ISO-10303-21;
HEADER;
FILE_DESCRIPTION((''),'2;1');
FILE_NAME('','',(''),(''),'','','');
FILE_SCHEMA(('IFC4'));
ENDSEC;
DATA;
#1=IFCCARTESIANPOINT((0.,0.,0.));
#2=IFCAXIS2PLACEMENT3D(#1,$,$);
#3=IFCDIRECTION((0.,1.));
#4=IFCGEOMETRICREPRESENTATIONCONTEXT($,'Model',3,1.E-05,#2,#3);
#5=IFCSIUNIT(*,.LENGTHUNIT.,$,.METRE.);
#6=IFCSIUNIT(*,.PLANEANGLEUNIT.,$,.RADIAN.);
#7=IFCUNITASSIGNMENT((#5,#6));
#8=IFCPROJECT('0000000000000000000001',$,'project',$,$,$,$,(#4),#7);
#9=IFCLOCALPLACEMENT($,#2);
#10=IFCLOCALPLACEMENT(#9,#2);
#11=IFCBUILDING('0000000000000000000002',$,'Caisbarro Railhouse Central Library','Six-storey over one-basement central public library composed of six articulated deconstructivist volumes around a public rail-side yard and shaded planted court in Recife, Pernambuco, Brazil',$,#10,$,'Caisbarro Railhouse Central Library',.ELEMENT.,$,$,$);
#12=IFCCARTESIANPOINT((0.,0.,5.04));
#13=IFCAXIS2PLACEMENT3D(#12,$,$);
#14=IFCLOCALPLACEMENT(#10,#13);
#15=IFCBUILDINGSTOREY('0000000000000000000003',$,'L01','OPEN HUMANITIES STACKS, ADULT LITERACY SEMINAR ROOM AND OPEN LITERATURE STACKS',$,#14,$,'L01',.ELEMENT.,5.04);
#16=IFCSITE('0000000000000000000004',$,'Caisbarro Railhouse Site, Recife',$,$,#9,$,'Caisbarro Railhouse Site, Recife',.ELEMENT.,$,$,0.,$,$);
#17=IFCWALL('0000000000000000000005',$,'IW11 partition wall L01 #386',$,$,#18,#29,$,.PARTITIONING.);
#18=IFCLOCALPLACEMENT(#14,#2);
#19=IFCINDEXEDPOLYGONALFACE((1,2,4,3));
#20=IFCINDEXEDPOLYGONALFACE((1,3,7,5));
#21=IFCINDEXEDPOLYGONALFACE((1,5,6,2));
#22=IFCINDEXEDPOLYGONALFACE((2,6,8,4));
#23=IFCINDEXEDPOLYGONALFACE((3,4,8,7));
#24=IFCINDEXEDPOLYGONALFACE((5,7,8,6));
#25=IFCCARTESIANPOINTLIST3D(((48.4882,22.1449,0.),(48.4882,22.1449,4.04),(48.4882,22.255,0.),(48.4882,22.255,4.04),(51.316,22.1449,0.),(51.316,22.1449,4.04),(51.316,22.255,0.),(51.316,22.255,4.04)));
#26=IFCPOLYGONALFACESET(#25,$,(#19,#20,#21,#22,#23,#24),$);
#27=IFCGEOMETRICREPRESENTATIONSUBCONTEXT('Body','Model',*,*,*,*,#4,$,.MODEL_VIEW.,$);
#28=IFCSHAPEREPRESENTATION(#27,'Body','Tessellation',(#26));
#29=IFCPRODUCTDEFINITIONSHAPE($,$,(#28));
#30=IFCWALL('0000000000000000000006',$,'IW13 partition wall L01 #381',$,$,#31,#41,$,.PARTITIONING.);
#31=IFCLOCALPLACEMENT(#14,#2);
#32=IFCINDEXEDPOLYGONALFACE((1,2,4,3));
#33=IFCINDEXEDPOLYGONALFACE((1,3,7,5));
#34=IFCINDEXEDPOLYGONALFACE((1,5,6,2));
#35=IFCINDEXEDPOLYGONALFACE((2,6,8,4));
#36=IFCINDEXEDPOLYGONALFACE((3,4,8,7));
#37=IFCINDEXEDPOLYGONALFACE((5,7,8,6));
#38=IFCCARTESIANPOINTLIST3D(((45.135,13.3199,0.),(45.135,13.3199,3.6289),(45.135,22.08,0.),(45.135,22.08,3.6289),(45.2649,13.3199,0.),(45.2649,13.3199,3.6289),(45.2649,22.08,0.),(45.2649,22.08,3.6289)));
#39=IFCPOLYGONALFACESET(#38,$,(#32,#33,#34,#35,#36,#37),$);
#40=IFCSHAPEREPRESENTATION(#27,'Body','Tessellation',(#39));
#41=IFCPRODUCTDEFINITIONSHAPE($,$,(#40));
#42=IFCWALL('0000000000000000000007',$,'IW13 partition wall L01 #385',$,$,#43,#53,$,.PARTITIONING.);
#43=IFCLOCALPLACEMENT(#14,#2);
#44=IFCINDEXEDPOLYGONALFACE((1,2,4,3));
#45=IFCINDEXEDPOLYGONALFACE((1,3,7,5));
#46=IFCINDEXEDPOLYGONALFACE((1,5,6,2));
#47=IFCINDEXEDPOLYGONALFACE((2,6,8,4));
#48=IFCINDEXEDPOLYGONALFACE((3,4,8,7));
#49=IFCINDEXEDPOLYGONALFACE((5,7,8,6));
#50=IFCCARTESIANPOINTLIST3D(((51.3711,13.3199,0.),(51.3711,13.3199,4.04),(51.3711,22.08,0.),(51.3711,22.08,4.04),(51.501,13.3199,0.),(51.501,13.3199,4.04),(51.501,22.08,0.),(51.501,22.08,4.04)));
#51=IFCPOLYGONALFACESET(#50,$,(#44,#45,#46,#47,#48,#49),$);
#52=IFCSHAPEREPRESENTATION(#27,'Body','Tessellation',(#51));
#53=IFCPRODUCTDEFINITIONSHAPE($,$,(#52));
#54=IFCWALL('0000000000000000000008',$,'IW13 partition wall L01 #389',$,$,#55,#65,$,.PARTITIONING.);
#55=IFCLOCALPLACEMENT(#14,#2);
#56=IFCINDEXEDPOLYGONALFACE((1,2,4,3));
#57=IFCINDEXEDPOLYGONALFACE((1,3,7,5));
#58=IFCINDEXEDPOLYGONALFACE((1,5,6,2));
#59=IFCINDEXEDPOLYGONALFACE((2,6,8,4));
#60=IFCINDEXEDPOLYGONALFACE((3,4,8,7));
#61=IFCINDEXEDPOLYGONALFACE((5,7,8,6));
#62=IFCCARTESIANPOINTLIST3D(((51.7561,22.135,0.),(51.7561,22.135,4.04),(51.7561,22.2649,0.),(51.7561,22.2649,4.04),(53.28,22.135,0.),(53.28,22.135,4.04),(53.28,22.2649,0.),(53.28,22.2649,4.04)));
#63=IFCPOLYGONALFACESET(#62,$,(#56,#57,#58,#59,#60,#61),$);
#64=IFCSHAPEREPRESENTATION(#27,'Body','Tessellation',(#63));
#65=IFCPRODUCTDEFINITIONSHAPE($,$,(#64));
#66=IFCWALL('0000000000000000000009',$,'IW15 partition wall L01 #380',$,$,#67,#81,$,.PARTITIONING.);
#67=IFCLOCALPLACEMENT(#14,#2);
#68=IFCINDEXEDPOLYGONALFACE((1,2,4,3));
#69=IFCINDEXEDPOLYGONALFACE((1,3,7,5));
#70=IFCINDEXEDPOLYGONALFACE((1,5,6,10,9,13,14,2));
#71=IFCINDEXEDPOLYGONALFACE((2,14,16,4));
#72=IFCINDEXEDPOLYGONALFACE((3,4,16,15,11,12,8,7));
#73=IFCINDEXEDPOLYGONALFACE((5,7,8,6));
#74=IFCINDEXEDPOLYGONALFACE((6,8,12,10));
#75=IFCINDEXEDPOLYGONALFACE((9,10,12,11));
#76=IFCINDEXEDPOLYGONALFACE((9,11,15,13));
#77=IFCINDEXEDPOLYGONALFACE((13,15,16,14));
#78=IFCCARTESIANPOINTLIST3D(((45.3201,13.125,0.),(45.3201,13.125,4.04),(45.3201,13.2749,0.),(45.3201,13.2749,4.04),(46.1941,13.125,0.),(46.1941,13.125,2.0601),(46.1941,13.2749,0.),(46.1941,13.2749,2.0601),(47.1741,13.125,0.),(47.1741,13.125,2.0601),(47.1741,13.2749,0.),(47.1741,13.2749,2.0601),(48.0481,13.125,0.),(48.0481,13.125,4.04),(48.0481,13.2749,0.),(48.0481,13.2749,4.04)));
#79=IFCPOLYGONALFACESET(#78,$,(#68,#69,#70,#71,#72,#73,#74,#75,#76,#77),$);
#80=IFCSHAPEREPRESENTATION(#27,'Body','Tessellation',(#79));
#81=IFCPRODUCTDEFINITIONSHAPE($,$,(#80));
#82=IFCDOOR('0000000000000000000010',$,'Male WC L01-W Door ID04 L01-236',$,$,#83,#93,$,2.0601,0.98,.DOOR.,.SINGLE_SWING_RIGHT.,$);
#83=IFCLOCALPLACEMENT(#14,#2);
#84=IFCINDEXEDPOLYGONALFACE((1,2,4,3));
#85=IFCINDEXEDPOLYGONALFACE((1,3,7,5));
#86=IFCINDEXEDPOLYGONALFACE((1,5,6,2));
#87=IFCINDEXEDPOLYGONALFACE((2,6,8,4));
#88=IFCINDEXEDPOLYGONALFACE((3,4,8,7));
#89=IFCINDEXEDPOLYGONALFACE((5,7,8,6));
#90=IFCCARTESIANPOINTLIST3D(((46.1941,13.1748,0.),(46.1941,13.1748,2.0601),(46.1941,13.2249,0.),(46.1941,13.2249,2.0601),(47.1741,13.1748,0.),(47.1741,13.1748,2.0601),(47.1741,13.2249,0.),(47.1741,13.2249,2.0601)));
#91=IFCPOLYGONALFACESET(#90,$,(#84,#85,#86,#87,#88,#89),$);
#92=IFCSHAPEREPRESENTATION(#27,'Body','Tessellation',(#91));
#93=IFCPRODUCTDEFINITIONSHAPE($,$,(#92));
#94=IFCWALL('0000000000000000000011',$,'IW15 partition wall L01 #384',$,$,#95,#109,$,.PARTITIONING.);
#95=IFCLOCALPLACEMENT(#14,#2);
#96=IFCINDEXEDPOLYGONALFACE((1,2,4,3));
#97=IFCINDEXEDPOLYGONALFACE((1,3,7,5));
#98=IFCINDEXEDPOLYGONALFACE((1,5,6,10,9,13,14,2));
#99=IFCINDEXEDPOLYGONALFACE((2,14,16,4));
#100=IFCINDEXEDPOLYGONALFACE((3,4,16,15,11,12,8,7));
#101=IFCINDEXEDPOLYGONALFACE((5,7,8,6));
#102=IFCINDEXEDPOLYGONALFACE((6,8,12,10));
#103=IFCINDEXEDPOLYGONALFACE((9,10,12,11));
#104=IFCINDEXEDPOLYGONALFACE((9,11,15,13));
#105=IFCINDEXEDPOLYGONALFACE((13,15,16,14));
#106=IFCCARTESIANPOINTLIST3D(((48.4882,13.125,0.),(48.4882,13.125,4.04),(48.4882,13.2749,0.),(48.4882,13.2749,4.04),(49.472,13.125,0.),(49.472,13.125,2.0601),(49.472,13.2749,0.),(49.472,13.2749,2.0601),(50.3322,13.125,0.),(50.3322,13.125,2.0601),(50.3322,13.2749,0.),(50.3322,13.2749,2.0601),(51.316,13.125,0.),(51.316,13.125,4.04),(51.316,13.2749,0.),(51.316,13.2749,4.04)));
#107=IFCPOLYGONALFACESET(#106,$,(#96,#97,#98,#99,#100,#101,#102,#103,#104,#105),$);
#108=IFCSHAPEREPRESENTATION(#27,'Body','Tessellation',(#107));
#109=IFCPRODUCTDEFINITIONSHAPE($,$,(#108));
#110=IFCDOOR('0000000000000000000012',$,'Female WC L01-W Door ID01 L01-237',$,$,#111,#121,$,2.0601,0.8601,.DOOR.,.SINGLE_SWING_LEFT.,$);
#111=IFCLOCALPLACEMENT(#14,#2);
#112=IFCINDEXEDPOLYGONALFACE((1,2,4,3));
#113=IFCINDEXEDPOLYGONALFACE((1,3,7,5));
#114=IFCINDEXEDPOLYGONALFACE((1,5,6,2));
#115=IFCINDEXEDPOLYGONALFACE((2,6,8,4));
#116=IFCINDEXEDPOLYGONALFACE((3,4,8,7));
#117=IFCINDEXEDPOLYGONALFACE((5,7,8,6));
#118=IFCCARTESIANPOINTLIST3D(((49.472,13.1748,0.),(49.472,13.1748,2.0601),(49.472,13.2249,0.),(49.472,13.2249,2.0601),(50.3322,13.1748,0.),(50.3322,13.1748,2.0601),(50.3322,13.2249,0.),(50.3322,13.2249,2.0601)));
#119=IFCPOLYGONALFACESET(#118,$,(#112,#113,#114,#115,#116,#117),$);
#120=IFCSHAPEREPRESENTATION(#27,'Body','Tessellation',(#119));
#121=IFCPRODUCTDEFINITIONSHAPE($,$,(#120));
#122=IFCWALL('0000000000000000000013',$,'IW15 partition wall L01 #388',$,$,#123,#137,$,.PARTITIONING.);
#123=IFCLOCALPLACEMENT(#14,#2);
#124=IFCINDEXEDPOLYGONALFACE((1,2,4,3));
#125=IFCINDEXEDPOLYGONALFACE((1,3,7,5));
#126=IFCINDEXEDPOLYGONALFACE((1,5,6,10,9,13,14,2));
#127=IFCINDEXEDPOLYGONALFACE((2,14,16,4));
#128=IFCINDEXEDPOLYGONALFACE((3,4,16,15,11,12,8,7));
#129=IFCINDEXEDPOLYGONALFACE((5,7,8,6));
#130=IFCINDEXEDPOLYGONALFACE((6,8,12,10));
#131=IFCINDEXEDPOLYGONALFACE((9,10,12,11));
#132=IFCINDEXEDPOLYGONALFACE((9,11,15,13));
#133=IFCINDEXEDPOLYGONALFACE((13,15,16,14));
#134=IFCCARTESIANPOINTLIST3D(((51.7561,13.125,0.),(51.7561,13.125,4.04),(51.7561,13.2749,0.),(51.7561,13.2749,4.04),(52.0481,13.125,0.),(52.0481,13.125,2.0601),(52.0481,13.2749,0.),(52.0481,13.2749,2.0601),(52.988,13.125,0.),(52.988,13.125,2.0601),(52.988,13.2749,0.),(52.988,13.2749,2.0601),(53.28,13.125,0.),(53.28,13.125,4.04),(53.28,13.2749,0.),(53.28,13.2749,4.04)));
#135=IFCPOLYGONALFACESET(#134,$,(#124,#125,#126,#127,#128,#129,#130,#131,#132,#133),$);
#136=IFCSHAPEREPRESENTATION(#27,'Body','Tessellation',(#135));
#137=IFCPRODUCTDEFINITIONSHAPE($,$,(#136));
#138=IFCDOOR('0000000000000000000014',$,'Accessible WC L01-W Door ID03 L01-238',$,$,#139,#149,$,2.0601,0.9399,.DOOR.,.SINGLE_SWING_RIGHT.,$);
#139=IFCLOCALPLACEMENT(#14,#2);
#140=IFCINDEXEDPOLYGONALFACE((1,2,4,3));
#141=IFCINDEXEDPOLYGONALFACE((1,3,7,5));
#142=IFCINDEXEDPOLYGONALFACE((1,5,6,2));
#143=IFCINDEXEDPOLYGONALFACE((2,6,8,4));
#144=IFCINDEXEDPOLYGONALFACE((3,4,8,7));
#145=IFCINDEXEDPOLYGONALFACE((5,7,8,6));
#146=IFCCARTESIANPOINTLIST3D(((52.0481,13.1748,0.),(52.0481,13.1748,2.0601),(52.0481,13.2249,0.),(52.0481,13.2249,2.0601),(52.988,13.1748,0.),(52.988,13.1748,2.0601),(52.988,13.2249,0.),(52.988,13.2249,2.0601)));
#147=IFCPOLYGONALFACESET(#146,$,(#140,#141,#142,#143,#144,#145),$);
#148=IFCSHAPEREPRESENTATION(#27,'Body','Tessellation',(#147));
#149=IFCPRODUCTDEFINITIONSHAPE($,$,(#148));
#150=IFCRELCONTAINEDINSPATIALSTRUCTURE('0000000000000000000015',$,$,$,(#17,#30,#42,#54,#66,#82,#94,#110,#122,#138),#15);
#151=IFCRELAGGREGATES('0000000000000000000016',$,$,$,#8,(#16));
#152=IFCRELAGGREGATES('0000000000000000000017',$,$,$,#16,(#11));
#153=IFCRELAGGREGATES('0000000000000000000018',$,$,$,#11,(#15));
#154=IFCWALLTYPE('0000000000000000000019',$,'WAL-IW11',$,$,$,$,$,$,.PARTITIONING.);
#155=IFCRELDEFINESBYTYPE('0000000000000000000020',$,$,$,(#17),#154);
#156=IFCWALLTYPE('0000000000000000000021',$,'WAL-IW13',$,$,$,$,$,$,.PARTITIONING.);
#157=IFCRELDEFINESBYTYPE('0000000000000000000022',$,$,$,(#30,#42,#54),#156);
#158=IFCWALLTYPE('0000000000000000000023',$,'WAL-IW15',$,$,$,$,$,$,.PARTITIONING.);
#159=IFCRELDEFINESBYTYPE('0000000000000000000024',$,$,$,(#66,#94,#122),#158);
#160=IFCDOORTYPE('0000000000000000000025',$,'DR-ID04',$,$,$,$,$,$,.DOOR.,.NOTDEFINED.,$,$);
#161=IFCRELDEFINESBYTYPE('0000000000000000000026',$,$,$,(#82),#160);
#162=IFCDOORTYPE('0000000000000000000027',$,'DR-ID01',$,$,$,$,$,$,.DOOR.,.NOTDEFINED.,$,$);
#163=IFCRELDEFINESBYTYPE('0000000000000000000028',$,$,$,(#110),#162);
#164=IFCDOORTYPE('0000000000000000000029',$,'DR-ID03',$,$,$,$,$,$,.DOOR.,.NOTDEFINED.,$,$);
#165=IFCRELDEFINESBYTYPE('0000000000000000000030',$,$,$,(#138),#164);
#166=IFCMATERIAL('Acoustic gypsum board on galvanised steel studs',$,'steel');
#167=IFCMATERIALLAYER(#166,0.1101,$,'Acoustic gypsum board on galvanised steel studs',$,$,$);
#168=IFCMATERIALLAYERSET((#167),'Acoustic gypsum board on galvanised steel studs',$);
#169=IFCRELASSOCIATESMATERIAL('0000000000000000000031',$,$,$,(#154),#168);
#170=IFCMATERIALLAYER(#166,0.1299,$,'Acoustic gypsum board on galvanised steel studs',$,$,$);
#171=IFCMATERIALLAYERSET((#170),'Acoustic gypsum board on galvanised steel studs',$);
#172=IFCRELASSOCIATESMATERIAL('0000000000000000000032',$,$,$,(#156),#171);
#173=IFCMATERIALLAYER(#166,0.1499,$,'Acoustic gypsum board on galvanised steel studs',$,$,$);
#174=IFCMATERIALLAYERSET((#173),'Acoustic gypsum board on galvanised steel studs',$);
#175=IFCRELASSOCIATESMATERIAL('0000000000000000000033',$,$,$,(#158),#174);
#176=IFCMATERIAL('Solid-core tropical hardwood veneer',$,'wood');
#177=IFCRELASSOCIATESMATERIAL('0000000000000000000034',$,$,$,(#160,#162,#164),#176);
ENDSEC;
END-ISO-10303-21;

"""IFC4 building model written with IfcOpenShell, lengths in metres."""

from ifc_helpers import new_model, si_unit, direction, frame, frame_2d, origin, place, context, subcontext, project, spatial, rectangle, extrude, material, layer, layer_set, type_object, element, fill, save


model = new_model("IFC4")

# Units and contexts
model_context = context("Model", 3, precision=1e-05, world=origin(), true_north=direction((0.0, 1.0)))
body_context = subcontext(model_context, "Body", "Model", "MODEL_VIEW")
ifc_project = project(units=[si_unit("LENGTHUNIT", "METRE"), si_unit("PLANEANGLEUNIT", "RADIAN")], contexts=[model_context])

# Site, building, storey
site_placement = place(None, origin())
site = spatial("IfcSite", under=ifc_project, at=site_placement, Name="Caisbarro Railhouse Site, Recife", LongName="Caisbarro Railhouse Site, Recife", CompositionType="ELEMENT", RefElevation=0.0)
building_placement = place(site_placement, origin())
building = spatial("IfcBuilding", under=site, at=building_placement, Name="Caisbarro Railhouse Central Library", Description="Six-storey over one-basement central public library composed of six articulated deconstructivist volumes around a public rail-side yard and shaded planted court in Recife, Pernambuco, Brazil", LongName="Caisbarro Railhouse Central Library", CompositionType="ELEMENT")
storey_placement = place(building_placement, frame((0.0, 0.0, 5.04)))
storey = spatial("IfcBuildingStorey", under=building, at=storey_placement, Name="L01", Description="OPEN HUMANITIES STACKS, ADULT LITERACY SEMINAR ROOM AND OPEN LITERATURE STACKS", LongName="L01", CompositionType="ELEMENT", Elevation=5.04)

# Walls
ifc_material_1 = material(Name="Acoustic gypsum board on galvanised steel studs", Category="steel")
ifc_layer_1 = layer(ifc_material_1, 0.1101, Name="Acoustic gypsum board on galvanised steel studs")
ifc_layer_set_1 = layer_set([ifc_layer_1], Name="Acoustic gypsum board on galvanised steel studs")
wall_type_1 = type_object("IfcWallType", Name="WAL-IW11", PredefinedType="PARTITIONING", material=ifc_layer_set_1)
wall_1_placement = place(storey_placement, frame((48.488, 22.2, 0.0), z_axis=(0.0, 0.0, 1.0), x_axis=(1.0, 0.0, 0.0)))
element("IfcWall", 1, at=wall_1_placement, inside=storey, type_object=wall_type_1, Name="IW11 partition wall L01 #386", PredefinedType="PARTITIONING", context=body_context, shape_type="SweptSolid", body=[
    extrude(rectangle(XDim=2.8279, YDim=0.1101, at=frame_2d((1.4141, 0.0))), origin(), (0.0, 0.0, 1.0), 4.04),
])
ifc_layer_2 = layer(ifc_material_1, 0.1299, Name="Acoustic gypsum board on galvanised steel studs")
ifc_layer_set_2 = layer_set([ifc_layer_2], Name="Acoustic gypsum board on galvanised steel studs")
wall_type_2 = type_object("IfcWallType", Name="WAL-IW13", PredefinedType="PARTITIONING", material=ifc_layer_set_2)
wall_2_placement = place(storey_placement, frame((45.2, 13.3201, 0.0), z_axis=(0.0, 0.0, 1.0), x_axis=(0.0, 1.0, 0.0)))
element("IfcWall", 2, at=wall_2_placement, inside=storey, type_object=wall_type_2, Name="IW13 partition wall L01 #381", PredefinedType="PARTITIONING", context=body_context, shape_type="SweptSolid", body=[
    extrude(rectangle(XDim=8.76, YDim=0.1299, at=frame_2d((4.3799, 0.0))), origin(), (0.0, 0.0, 1.0), 3.6289),
])
wall_3_placement = place(storey_placement, frame((51.436, 13.3201, 0.0), z_axis=(0.0, 0.0, 1.0), x_axis=(0.0, 1.0, 0.0)))
element("IfcWall", 3, at=wall_3_placement, inside=storey, type_object=wall_type_2, Name="IW13 partition wall L01 #385", PredefinedType="PARTITIONING", context=body_context, shape_type="SweptSolid", body=[
    extrude(rectangle(XDim=8.76, YDim=0.1299, at=frame_2d((4.3799, 0.0))), origin(), (0.0, 0.0, 1.0), 4.04),
])
wall_4_placement = place(storey_placement, frame((51.7561, 22.2, 0.0), z_axis=(0.0, 0.0, 1.0), x_axis=(1.0, 0.0, 0.0)))
element("IfcWall", 4, at=wall_4_placement, inside=storey, type_object=wall_type_2, Name="IW13 partition wall L01 #389", PredefinedType="PARTITIONING", context=body_context, shape_type="SweptSolid", body=[
    extrude(rectangle(XDim=1.5239, YDim=0.1299, at=frame_2d((0.762, 0.0))), origin(), (0.0, 0.0, 1.0), 4.04),
])

# Walls, openings, doors
ifc_layer_3 = layer(ifc_material_1, 0.1499, Name="Acoustic gypsum board on galvanised steel studs")
ifc_layer_set_3 = layer_set([ifc_layer_3], Name="Acoustic gypsum board on galvanised steel studs")
wall_type_3 = type_object("IfcWallType", Name="WAL-IW15", PredefinedType="PARTITIONING", material=ifc_layer_set_3)
wall_5_placement = place(storey_placement, frame((45.3201, 13.2, 0.0), z_axis=(0.0, 0.0, 1.0), x_axis=(1.0, 0.0, 0.0)))
wall_5 = element("IfcWall", 5, at=wall_5_placement, inside=storey, type_object=wall_type_3, Name="IW15 partition wall L01 #380", PredefinedType="PARTITIONING", context=body_context, shape_type="SweptSolid", body=[
    extrude(rectangle(XDim=2.728, YDim=0.1499, at=frame_2d((1.364, 0.0))), origin(), (0.0, 0.0, 1.0), 4.04),
])
opening_1_placement = place(wall_5_placement, frame((0.874, 0.0, 0.0)))
opening_1 = element("IfcOpeningElement", 6, at=opening_1_placement, cuts=wall_5, PredefinedType="OPENING", context=body_context, shape_type="SweptSolid", body=[
    extrude(rectangle(XDim=0.98, YDim=2.0601, at=frame_2d((0.49, 1.03))), frame((0.0, 0.085, 0.0), z_axis=(0.0, -1.0, 0.0), x_axis=(1.0, 0.0, 0.0)), (0.0, 0.0, 1.0), 0.1699),
])
ifc_material_2 = material(Name="Solid-core tropical hardwood veneer", Category="wood")
door_type_1 = type_object("IfcDoorType", Name="DR-ID04", OperationType="NOTDEFINED", PredefinedType="DOOR", material=ifc_material_2)
door_1_placement = place(opening_1_placement, origin())
door_1 = element("IfcDoor", 7, at=door_1_placement, inside=storey, type_object=door_type_1, Name="Male WC L01-W Door ID04 L01-236", OperationType="SINGLE_SWING_RIGHT", OverallHeight=2.0601, OverallWidth=0.98, PredefinedType="DOOR", context=body_context, shape_type="SweptSolid", body=[
    extrude(rectangle(XDim=0.98, YDim=2.0601, at=frame_2d((0.49, 1.03))), frame((0.0, 0.0249, 0.0), z_axis=(0.0, -1.0, 0.0), x_axis=(1.0, 0.0, 0.0)), (0.0, 0.0, 1.0), 0.05),
])
fill(opening_1, door_1)
wall_6_placement = place(storey_placement, frame((48.488, 13.2, 0.0), z_axis=(0.0, 0.0, 1.0), x_axis=(1.0, 0.0, 0.0)))
wall_6 = element("IfcWall", 8, at=wall_6_placement, inside=storey, type_object=wall_type_3, Name="IW15 partition wall L01 #384", PredefinedType="PARTITIONING", context=body_context, shape_type="SweptSolid", body=[
    extrude(rectangle(XDim=2.8279, YDim=0.1499, at=frame_2d((1.4141, 0.0))), origin(), (0.0, 0.0, 1.0), 4.04),
])
opening_2_placement = place(wall_6_placement, frame((0.9839, 0.0, 0.0)))
opening_2 = element("IfcOpeningElement", 9, at=opening_2_placement, cuts=wall_6, PredefinedType="OPENING", context=body_context, shape_type="SweptSolid", body=[
    extrude(rectangle(XDim=0.8601, YDim=2.0601, at=frame_2d((0.4302, 1.03))), frame((0.0, 0.085, 0.0), z_axis=(0.0, -1.0, 0.0), x_axis=(1.0, 0.0, 0.0)), (0.0, 0.0, 1.0), 0.1699),
])
door_type_2 = type_object("IfcDoorType", Name="DR-ID01", OperationType="NOTDEFINED", PredefinedType="DOOR", material=ifc_material_2)
door_2_placement = place(opening_2_placement, origin())
door_2 = element("IfcDoor", 10, at=door_2_placement, inside=storey, type_object=door_type_2, Name="Female WC L01-W Door ID01 L01-237", OperationType="SINGLE_SWING_LEFT", OverallHeight=2.0601, OverallWidth=0.8601, PredefinedType="DOOR", context=body_context, shape_type="SweptSolid", body=[
    extrude(rectangle(XDim=0.8601, YDim=2.0601, at=frame_2d((0.4302, 1.03))), frame((0.0, 0.0249, 0.0), z_axis=(0.0, -1.0, 0.0), x_axis=(1.0, 0.0, 0.0)), (0.0, 0.0, 1.0), 0.05),
])
fill(opening_2, door_2)
wall_7_placement = place(storey_placement, frame((51.7561, 13.2, 0.0), z_axis=(0.0, 0.0, 1.0), x_axis=(1.0, 0.0, 0.0)))
wall_7 = element("IfcWall", 11, at=wall_7_placement, inside=storey, type_object=wall_type_3, Name="IW15 partition wall L01 #388", PredefinedType="PARTITIONING", context=body_context, shape_type="SweptSolid", body=[
    extrude(rectangle(XDim=1.5239, YDim=0.1499, at=frame_2d((0.762, 0.0))), origin(), (0.0, 0.0, 1.0), 4.04),
])
opening_3_placement = place(wall_7_placement, frame((0.292, 0.0, 0.0)))
opening_3 = element("IfcOpeningElement", 12, at=opening_3_placement, cuts=wall_7, PredefinedType="OPENING", context=body_context, shape_type="SweptSolid", body=[
    extrude(rectangle(XDim=0.9399, YDim=2.0601, at=frame_2d((0.47, 1.03))), frame((0.0, 0.085, 0.0), z_axis=(0.0, -1.0, 0.0), x_axis=(1.0, 0.0, 0.0)), (0.0, 0.0, 1.0), 0.1699),
])
door_type_3 = type_object("IfcDoorType", Name="DR-ID03", OperationType="NOTDEFINED", PredefinedType="DOOR", material=ifc_material_2)
door_3_placement = place(opening_3_placement, origin())
door_3 = element("IfcDoor", 13, at=door_3_placement, inside=storey, type_object=door_type_3, Name="Accessible WC L01-W Door ID03 L01-238", OperationType="SINGLE_SWING_RIGHT", OverallHeight=2.0601, OverallWidth=0.9399, PredefinedType="DOOR", context=body_context, shape_type="SweptSolid", body=[
    extrude(rectangle(XDim=0.9399, YDim=2.0601, at=frame_2d((0.47, 1.03))), frame((0.0, 0.0249, 0.0), z_axis=(0.0, -1.0, 0.0), x_axis=(1.0, 0.0, 0.0)), (0.0, 0.0, 1.0), 0.05),
])
fill(opening_3, door_3)

save(model, "model.ifc")
